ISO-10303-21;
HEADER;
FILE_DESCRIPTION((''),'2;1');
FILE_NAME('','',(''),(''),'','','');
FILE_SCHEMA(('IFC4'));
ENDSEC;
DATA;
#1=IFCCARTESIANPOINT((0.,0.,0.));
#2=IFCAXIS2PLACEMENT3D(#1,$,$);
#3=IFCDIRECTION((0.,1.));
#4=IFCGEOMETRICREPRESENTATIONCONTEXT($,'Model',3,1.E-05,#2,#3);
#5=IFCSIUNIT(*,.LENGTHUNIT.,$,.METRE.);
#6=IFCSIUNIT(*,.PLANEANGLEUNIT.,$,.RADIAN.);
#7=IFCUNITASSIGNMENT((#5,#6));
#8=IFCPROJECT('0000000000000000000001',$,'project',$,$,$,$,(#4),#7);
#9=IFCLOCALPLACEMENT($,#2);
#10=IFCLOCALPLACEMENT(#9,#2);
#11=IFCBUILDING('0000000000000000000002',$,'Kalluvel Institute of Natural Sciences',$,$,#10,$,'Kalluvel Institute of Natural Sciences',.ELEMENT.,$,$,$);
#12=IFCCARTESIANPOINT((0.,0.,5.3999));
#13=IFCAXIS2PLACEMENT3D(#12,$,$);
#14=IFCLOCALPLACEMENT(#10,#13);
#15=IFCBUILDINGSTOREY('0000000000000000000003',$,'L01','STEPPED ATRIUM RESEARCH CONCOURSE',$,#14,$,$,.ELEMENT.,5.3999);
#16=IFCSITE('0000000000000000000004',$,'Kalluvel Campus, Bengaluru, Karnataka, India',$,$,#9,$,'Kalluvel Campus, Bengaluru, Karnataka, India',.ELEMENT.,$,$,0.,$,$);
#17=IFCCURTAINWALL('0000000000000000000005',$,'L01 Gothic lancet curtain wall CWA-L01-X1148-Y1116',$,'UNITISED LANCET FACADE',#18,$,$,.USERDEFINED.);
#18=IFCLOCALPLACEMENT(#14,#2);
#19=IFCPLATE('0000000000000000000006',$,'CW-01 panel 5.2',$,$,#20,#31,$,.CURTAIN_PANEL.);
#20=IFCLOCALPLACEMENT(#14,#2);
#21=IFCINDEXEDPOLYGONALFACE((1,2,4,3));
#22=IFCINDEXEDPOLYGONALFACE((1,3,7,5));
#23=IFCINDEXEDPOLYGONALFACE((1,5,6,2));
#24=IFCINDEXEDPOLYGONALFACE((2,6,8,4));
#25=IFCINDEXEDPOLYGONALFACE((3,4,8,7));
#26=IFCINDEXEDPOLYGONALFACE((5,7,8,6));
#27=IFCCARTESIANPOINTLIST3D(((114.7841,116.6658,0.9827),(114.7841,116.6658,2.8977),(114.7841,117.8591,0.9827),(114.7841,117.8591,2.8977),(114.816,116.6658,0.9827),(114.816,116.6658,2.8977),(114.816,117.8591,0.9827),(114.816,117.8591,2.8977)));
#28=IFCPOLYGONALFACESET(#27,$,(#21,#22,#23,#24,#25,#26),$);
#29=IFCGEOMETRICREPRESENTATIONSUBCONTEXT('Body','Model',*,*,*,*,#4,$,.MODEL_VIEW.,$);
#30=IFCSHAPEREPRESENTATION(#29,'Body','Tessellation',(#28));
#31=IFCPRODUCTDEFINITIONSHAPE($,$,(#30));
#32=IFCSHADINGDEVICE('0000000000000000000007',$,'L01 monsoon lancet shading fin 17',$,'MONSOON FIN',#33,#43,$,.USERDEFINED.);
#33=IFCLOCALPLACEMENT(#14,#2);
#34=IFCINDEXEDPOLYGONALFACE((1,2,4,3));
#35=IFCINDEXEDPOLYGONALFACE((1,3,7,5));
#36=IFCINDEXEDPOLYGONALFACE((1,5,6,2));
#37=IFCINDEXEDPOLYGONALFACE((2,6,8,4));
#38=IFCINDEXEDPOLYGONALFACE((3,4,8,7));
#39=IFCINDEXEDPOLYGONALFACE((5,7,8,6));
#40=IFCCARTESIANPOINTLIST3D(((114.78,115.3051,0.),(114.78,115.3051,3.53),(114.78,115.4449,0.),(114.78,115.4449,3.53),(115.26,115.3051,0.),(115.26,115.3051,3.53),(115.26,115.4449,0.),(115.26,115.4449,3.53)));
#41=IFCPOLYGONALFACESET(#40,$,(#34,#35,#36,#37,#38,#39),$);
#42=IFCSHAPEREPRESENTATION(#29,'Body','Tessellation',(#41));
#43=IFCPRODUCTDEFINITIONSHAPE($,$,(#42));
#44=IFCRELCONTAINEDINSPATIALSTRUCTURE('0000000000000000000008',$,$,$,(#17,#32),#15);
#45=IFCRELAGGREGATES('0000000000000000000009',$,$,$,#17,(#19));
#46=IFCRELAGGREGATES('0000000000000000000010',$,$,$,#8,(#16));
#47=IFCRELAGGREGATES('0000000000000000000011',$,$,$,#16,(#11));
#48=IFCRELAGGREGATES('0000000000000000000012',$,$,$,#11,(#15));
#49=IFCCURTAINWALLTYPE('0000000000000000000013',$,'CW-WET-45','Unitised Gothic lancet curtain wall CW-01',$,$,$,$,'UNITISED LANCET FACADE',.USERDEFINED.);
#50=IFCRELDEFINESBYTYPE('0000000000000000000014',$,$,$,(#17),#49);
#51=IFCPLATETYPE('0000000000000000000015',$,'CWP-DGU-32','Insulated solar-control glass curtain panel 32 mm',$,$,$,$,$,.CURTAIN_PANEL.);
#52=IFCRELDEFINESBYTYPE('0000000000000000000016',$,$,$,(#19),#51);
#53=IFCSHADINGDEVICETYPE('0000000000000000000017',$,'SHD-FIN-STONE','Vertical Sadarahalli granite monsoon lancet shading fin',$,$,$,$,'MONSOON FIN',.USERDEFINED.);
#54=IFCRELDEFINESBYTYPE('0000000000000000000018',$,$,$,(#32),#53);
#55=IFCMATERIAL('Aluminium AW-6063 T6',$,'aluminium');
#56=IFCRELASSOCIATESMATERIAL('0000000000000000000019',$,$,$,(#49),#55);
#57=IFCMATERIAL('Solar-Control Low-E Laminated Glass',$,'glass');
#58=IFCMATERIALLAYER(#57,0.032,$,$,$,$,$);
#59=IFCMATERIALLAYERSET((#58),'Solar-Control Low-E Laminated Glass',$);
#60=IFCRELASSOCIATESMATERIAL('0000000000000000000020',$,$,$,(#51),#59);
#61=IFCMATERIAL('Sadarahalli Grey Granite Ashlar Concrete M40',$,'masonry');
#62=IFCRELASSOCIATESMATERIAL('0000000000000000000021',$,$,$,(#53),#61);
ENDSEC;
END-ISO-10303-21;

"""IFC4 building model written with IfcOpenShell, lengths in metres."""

from ifc_helpers import new_model, si_unit, direction, frame, origin, origin_2d, place, context, subcontext, project, spatial, rectangle, extrude, material, layer, layer_set, type_object, element, aggregate, save


model = new_model("IFC4")

# Units and contexts
model_context = context("Model", 3, precision=1e-05, world=origin(), true_north=direction((0.0, 1.0)))
body_context = subcontext(model_context, "Body", "Model", "MODEL_VIEW")
ifc_project = project(units=[si_unit("LENGTHUNIT", "METRE"), si_unit("PLANEANGLEUNIT", "RADIAN")], contexts=[model_context])

# Site, building, storey
site_placement = place(None, origin())
site = spatial("IfcSite", under=ifc_project, at=site_placement, Name="Kalluvel Campus, Bengaluru, Karnataka, India", LongName="Kalluvel Campus, Bengaluru, Karnataka, India", CompositionType="ELEMENT", RefElevation=0.0)
building_placement = place(site_placement, origin())
building = spatial("IfcBuilding", under=site, at=building_placement, Name="Kalluvel Institute of Natural Sciences", LongName="Kalluvel Institute of Natural Sciences", CompositionType="ELEMENT")
storey_placement = place(building_placement, frame((0.0, 0.0, 5.3999)))
storey = spatial("IfcBuildingStorey", under=building, at=storey_placement, Name="L01", Description="STEPPED ATRIUM RESEARCH CONCOURSE", CompositionType="ELEMENT", Elevation=5.3999)

# Curtain wall, plate
ifc_material_1 = material(Name="Aluminium AW-6063 T6", Category="aluminium")
curtain_wall_type = type_object("IfcCurtainWallType", Name="CW-WET-45", Description="Unitised Gothic lancet curtain wall CW-01", ElementType="UNITISED LANCET FACADE", PredefinedType="USERDEFINED", material=ifc_material_1)
curtain_wall_placement = place(storey_placement, origin())
curtain_wall = element("IfcCurtainWall", 1, at=curtain_wall_placement, inside=storey, type_object=curtain_wall_type, Name="L01 Gothic lancet curtain wall CWA-L01-X1148-Y1116", ObjectType="UNITISED LANCET FACADE", PredefinedType="USERDEFINED")
ifc_material_2 = material(Name="Solar-Control Low-E Laminated Glass", Category="glass")
ifc_layer = layer(ifc_material_2, 0.032)
ifc_layer_set = layer_set([ifc_layer], Name="Solar-Control Low-E Laminated Glass")
plate_type = type_object("IfcPlateType", Name="CWP-DGU-32", Description="Insulated solar-control glass curtain panel 32 mm", PredefinedType="CURTAIN_PANEL", material=ifc_layer_set)
plate_1_placement = place(storey_placement, frame((114.8, 117.2625, 0.9827), z_axis=(0.0, 0.0, 1.0), x_axis=(0.0, 1.0, 0.0)))
plate_1 = element("IfcPlate", 2, at=plate_1_placement, type_object=plate_type, Name="CW-01 panel 5.2", PredefinedType="CURTAIN_PANEL", context=body_context, shape_type="SweptSolid", body=[
    extrude(rectangle(XDim=1.1934, YDim=0.032, at=origin_2d()), origin(), (0.0, 0.0, 1.0), 1.915),
])
aggregate(curtain_wall, [plate_1])

# Shading device
ifc_material_3 = material(Name="Sadarahalli Grey Granite Ashlar Concrete M40", Category="masonry")
shading_device_type = type_object("IfcShadingDeviceType", Name="SHD-FIN-STONE", Description="Vertical Sadarahalli granite monsoon lancet shading fin", ElementType="MONSOON FIN", PredefinedType="USERDEFINED", material=ifc_material_3)
shading_device_placement = place(storey_placement, frame((115.02, 115.375, 0.0), z_axis=(0.0, 0.0, 1.0), x_axis=(0.0, 1.0, 0.0)))
element("IfcShadingDevice", 3, at=shading_device_placement, inside=storey, type_object=shading_device_type, Name="L01 monsoon lancet shading fin 17", ObjectType="MONSOON FIN", PredefinedType="USERDEFINED", context=body_context, shape_type="SweptSolid", body=[
    extrude(rectangle(XDim=0.1399, YDim=0.48, at=origin_2d()), origin(), (0.0, 0.0, 1.0), 3.53),
])

save(model, "model.ifc")
